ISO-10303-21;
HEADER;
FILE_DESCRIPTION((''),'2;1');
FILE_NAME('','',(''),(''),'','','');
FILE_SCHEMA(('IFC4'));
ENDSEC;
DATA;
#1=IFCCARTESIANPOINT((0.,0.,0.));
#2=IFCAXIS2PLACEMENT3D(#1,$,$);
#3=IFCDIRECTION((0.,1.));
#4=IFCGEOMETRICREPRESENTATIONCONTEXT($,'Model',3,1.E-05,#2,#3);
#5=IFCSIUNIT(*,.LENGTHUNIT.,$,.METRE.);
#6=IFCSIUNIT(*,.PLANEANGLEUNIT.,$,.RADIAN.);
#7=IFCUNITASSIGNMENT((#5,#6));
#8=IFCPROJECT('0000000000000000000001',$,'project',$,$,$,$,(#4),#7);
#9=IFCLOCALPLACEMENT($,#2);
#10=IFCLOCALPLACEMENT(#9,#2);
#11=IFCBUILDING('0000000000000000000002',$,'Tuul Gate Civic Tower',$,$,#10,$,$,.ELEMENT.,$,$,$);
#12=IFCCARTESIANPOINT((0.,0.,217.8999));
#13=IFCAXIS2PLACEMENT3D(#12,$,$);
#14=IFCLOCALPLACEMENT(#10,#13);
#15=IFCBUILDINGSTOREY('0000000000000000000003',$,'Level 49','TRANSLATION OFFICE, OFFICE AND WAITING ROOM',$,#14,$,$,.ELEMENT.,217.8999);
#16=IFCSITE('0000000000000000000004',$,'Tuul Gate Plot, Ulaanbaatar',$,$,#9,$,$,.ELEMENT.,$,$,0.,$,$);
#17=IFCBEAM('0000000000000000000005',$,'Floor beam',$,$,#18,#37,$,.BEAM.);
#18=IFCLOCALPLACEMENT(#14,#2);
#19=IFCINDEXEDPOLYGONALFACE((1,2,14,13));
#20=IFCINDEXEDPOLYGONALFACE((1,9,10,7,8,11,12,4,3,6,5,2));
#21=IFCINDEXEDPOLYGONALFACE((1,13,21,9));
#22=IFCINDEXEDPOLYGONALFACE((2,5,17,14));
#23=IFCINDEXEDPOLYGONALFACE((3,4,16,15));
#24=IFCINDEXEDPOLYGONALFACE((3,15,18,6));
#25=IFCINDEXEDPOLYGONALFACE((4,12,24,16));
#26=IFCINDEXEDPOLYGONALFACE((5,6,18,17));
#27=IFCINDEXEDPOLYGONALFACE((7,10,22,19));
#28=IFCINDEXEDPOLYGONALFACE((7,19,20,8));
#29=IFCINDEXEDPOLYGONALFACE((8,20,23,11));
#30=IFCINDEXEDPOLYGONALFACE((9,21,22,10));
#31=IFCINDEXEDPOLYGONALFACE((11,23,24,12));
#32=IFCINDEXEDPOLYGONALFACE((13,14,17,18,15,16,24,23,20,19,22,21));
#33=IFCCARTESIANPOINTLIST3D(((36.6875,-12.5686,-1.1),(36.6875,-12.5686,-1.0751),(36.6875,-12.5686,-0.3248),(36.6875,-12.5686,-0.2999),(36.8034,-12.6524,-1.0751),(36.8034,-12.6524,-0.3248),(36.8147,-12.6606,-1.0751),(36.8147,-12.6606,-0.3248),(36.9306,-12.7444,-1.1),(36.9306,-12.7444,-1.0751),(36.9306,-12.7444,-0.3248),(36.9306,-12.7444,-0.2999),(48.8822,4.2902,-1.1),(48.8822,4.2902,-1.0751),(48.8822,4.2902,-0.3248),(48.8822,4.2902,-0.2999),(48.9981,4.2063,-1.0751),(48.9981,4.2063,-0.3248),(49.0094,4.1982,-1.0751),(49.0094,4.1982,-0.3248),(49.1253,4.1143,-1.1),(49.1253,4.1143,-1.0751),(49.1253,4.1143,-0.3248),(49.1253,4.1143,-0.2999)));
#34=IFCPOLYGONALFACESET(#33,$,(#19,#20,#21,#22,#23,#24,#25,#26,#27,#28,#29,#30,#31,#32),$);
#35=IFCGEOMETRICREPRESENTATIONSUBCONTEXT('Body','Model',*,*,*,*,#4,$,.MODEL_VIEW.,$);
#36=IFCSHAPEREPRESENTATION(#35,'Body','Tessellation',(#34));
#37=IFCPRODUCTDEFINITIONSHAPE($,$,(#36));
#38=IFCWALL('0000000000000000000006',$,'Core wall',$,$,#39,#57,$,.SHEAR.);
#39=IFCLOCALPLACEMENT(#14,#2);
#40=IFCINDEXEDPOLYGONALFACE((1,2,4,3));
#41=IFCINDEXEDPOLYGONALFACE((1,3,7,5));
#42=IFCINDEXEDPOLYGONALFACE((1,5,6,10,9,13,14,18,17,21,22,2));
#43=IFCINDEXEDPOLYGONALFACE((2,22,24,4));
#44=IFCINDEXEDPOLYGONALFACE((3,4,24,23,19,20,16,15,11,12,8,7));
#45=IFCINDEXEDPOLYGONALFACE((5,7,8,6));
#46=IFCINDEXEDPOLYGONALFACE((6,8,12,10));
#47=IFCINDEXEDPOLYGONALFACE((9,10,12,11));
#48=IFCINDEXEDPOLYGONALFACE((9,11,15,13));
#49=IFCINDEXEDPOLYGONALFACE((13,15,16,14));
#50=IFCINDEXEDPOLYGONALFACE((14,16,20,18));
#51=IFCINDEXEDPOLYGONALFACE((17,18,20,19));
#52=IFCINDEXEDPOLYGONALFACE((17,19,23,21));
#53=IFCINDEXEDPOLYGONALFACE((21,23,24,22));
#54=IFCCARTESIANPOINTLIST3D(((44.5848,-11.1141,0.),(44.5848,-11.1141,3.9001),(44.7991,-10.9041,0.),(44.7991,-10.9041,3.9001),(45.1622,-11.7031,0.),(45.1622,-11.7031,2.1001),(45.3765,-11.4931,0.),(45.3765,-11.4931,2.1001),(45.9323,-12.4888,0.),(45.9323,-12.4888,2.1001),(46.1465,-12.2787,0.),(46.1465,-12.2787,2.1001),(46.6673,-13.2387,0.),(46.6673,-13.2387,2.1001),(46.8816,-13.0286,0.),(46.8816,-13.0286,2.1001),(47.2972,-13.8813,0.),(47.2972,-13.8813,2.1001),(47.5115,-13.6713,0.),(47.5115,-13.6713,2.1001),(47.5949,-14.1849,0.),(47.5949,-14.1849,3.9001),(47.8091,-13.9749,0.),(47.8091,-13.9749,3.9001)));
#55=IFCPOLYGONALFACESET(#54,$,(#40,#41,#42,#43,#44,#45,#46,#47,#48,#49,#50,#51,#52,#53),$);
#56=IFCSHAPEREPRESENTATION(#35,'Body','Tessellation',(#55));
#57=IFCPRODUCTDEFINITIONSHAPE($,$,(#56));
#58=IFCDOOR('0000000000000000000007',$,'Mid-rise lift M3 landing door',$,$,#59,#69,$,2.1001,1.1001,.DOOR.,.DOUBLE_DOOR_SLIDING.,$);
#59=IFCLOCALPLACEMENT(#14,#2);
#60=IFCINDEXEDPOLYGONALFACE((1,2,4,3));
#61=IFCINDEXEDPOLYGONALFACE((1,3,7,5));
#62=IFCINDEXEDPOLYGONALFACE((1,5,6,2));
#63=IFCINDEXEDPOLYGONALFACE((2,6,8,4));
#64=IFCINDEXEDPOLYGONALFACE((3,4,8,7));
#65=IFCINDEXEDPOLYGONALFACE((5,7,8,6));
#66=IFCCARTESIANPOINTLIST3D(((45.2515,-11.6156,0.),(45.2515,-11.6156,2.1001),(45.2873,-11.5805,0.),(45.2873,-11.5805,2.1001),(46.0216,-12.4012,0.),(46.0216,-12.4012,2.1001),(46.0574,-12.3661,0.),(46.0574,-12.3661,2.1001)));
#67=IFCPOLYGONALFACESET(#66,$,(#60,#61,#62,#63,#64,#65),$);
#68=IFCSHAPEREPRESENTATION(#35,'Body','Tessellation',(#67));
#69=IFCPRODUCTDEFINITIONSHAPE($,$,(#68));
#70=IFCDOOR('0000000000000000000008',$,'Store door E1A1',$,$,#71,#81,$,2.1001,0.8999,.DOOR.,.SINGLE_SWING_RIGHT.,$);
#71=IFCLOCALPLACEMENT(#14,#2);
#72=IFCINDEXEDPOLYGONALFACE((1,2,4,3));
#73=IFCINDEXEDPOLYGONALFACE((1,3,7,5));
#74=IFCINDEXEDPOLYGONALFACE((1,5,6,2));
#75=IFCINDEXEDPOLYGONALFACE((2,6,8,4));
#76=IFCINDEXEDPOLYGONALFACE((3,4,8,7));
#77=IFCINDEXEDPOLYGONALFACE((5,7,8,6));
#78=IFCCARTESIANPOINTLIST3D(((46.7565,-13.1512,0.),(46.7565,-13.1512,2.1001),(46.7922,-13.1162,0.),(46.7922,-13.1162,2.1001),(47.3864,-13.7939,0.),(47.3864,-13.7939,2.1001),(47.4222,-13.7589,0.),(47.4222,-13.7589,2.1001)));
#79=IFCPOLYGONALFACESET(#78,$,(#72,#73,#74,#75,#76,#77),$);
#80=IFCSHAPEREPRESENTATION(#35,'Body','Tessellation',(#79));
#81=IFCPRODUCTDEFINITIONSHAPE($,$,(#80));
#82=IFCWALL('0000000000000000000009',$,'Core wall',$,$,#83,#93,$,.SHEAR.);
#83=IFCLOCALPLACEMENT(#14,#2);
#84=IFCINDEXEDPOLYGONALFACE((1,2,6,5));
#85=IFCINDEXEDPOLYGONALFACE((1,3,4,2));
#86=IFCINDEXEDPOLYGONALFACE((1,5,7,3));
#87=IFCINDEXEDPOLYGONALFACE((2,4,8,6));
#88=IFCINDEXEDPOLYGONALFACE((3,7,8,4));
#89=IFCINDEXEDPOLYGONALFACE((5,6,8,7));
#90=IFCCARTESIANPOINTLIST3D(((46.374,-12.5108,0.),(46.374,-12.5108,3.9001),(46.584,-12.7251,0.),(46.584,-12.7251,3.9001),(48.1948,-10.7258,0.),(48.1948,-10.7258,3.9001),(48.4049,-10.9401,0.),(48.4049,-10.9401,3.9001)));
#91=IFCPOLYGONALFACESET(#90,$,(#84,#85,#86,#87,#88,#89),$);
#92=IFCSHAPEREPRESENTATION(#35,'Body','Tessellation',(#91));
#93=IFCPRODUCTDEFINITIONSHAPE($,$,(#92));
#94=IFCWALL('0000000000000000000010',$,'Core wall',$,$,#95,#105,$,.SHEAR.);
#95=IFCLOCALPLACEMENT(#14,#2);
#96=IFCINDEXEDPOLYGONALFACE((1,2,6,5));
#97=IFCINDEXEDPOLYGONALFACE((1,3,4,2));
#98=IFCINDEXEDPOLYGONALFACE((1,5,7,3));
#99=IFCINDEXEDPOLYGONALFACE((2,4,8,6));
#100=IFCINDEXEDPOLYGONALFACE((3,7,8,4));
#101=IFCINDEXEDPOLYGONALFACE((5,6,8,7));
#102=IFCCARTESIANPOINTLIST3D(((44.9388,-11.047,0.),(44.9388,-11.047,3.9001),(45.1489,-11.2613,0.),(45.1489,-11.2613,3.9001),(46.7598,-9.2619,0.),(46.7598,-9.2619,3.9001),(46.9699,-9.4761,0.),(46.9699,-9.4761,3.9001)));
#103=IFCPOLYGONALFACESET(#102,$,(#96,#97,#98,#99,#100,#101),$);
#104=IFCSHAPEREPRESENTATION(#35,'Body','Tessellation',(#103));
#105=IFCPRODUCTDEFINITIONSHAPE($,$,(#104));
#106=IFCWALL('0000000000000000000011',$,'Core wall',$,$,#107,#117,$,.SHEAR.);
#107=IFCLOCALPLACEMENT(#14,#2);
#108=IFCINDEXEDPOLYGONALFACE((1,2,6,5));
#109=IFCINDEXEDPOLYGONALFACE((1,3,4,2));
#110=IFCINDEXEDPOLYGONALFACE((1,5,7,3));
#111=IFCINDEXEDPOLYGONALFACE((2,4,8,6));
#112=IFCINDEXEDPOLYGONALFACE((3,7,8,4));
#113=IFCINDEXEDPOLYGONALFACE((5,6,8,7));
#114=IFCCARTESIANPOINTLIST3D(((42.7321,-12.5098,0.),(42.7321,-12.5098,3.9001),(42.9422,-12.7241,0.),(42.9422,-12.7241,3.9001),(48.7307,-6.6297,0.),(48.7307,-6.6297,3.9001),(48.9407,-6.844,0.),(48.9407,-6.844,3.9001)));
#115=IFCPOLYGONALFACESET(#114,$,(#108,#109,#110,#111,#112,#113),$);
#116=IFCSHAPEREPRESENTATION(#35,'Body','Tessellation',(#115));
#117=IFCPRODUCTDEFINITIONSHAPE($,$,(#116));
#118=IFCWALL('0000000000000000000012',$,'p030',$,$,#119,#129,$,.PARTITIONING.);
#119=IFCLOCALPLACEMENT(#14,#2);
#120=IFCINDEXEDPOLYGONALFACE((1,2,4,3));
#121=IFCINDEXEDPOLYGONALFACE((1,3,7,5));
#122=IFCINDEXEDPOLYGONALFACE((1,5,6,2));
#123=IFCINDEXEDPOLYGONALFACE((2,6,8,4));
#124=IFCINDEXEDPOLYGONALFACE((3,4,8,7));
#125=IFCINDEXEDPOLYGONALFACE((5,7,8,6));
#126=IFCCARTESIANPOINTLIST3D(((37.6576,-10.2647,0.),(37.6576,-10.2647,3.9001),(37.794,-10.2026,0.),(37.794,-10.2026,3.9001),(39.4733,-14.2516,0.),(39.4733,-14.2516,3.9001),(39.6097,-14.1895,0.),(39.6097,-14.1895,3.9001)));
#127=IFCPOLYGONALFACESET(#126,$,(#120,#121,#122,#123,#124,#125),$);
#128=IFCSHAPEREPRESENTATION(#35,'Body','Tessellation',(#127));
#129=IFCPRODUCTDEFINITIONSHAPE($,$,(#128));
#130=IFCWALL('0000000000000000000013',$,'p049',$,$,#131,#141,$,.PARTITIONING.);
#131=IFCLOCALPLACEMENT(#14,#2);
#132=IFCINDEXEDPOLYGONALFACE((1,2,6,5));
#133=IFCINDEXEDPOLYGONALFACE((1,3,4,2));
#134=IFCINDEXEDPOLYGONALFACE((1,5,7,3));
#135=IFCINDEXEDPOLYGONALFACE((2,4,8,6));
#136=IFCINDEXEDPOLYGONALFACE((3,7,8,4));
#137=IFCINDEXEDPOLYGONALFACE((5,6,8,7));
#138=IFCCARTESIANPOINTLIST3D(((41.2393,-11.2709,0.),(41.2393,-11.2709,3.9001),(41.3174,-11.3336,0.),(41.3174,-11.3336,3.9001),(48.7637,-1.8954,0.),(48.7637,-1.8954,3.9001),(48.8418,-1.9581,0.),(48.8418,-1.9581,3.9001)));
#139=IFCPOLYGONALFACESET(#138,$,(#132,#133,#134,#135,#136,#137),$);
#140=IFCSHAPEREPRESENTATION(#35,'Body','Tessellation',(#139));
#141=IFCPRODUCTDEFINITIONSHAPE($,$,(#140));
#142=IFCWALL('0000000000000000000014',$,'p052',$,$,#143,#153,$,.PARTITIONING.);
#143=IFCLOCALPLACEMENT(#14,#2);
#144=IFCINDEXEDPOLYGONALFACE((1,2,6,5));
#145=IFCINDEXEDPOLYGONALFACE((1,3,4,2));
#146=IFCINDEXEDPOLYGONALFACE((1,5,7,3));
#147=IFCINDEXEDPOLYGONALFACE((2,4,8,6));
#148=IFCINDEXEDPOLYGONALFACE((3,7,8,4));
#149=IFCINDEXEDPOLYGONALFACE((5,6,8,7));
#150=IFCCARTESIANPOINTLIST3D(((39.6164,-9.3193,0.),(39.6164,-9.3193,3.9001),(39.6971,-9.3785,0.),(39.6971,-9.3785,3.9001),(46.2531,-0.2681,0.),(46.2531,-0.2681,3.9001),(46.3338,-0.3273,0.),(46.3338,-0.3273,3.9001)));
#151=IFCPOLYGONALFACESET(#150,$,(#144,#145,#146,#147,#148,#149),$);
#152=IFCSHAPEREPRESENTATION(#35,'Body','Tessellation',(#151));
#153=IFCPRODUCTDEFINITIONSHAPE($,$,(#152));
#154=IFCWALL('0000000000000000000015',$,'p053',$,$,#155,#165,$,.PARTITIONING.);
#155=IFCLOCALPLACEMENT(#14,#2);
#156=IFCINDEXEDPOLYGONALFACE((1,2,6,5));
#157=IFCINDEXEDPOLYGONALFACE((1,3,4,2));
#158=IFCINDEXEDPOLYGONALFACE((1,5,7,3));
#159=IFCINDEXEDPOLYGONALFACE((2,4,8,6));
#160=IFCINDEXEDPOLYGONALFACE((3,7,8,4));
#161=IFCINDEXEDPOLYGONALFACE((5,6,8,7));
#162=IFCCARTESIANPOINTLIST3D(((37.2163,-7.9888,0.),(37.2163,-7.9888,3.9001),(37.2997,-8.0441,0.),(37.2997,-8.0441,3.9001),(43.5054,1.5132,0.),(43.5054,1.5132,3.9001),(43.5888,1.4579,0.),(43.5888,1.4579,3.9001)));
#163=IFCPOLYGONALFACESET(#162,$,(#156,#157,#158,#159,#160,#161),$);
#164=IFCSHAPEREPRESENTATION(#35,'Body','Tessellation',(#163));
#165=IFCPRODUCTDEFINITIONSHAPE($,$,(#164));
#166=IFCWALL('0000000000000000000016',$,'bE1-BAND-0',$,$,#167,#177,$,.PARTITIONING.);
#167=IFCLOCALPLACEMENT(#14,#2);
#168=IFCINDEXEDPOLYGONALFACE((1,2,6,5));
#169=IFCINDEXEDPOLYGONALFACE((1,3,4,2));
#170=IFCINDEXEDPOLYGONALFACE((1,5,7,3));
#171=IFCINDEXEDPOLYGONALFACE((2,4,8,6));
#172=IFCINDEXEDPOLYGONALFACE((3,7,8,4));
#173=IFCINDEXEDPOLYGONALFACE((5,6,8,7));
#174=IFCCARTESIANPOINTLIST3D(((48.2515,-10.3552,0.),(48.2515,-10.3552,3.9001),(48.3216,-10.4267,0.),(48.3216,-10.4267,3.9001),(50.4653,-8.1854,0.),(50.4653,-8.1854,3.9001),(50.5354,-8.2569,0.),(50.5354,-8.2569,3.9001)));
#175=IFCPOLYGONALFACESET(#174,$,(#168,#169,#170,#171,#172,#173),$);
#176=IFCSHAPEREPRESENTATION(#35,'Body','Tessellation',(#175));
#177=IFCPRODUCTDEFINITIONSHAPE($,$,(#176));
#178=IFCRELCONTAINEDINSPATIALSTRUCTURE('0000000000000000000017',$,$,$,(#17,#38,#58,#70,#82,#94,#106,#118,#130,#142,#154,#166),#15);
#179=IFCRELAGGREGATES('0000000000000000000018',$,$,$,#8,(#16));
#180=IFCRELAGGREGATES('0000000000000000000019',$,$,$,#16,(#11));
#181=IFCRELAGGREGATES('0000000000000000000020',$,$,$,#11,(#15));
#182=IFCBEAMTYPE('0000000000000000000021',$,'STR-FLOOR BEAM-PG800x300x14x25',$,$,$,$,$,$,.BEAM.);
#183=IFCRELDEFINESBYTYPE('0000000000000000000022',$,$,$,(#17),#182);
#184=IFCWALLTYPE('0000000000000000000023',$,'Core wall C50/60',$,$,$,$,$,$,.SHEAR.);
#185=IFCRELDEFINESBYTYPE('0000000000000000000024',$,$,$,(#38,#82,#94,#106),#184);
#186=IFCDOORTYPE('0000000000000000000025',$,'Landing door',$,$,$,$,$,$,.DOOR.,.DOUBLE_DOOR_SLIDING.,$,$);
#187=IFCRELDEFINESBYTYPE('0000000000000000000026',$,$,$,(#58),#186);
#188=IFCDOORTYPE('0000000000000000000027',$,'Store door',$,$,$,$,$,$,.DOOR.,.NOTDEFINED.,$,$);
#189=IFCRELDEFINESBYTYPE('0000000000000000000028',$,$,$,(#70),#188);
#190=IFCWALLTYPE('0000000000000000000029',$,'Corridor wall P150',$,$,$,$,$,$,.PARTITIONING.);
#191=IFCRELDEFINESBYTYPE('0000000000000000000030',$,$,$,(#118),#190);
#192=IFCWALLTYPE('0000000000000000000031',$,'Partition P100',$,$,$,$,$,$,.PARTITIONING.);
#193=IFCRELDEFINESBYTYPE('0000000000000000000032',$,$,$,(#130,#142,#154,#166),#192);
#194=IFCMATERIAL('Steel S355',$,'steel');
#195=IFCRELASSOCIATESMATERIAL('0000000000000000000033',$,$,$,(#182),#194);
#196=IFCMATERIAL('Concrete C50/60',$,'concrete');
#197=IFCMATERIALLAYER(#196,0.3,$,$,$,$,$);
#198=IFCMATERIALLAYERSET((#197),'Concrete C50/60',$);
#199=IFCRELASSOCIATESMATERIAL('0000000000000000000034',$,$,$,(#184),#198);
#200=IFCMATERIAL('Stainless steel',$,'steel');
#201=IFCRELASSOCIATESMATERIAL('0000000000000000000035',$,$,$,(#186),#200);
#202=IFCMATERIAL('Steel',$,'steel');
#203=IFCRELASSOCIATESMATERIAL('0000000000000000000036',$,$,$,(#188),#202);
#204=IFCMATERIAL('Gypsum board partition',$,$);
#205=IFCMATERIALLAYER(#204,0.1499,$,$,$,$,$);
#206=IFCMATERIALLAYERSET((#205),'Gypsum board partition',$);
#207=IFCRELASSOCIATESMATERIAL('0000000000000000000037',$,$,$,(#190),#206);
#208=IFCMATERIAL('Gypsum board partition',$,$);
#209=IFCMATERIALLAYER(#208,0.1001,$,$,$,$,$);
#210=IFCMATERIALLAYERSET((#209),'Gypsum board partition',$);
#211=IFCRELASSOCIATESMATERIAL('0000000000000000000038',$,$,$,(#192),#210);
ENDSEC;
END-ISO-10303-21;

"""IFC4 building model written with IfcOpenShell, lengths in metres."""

from ifc_helpers import new_model, si_unit, direction, frame, frame_2d, origin, origin_2d, place, context, subcontext, project, spatial, rectangle, i_section, extrude, material, layer, layer_set, material_profile, profile_set, type_object, element, fill, save


model = new_model("IFC4")

# Units and contexts
model_context = context("Model", 3, precision=1e-05, world=origin(), true_north=direction((0.0, 1.0)))
body_context = subcontext(model_context, "Body", "Model", "MODEL_VIEW")
ifc_project = project(units=[si_unit("LENGTHUNIT", "METRE"), si_unit("PLANEANGLEUNIT", "RADIAN")], contexts=[model_context])

# Site, building, storey
site_placement = place(None, origin())
site = spatial("IfcSite", under=ifc_project, at=site_placement, Name="Tuul Gate Plot, Ulaanbaatar", CompositionType="ELEMENT", RefElevation=0.0)
building_placement = place(site_placement, origin())
building = spatial("IfcBuilding", under=site, at=building_placement, Name="Tuul Gate Civic Tower", CompositionType="ELEMENT")
storey_placement = place(building_placement, frame((0.0, 0.0, 217.8999)))
storey = spatial("IfcBuildingStorey", under=building, at=storey_placement, Name="Level 49", Description="TRANSLATION OFFICE, OFFICE AND WAITING ROOM", CompositionType="ELEMENT", Elevation=217.8999)

# Beam
ifc_material_1 = material(Name="Steel S355", Category="steel")
ifc_material_profile = material_profile(ifc_material_1, i_section(OverallWidth=0.3, OverallDepth=0.8, WebThickness=0.0139, FlangeThickness=0.0249, at=origin_2d()), Name="PG800x300x14x25")
ifc_profile_set = profile_set([ifc_material_profile], Name="Steel S355")
beam_type = type_object("IfcBeamType", Name="STR-FLOOR BEAM-PG800x300x14x25", PredefinedType="BEAM", material=ifc_profile_set)
beam_placement = place(storey_placement, frame((36.8091, -12.6565, -0.7), z_axis=(0.586087, 0.810248, 0.0), x_axis=(-0.810248, 0.586087, 0.0)))
element("IfcBeam", 1, at=beam_placement, inside=storey, type_object=beam_type, Name="Floor beam", PredefinedType="BEAM", context=body_context, shape_type="SweptSolid", body=[
    extrude(i_section(OverallWidth=0.3, OverallDepth=0.8, WebThickness=0.0139, FlangeThickness=0.0249, at=origin_2d()), origin(), (0.0, 0.0, 1.0), 20.8069),
])

# Wall, openings, doors
ifc_material_2 = material(Name="Concrete C50/60", Category="concrete")
ifc_layer_1 = layer(ifc_material_2, 0.3)
ifc_layer_set_1 = layer_set([ifc_layer_1], Name="Concrete C50/60")
wall_type_1 = type_object("IfcWallType", Name="Core wall C50/60", PredefinedType="SHEAR", material=ifc_layer_set_1)
wall_1_placement = place(storey_placement, frame((47.7019, -14.0798, 0.0), z_axis=(0.0, 0.0, 1.0), x_axis=(-0.700003, 0.71414, 0.0)))
wall_1 = element("IfcWall", 2, at=wall_1_placement, inside=storey, type_object=wall_type_1, Name="Core wall", PredefinedType="SHEAR", context=body_context, shape_type="SweptSolid", body=[
    extrude(rectangle(XDim=4.3, YDim=0.3, at=frame_2d((2.1499, 0.0))), origin(), (0.0, 0.0, 1.0), 3.9001),
])
opening_1_placement = place(wall_1_placement, frame((0.425, 0.0, 0.0)))
opening_1 = element("IfcOpeningElement", 3, at=opening_1_placement, cuts=wall_1, PredefinedType="OPENING", context=body_context, shape_type="SweptSolid", body=[
    extrude(rectangle(XDim=0.8999, YDim=2.1001, at=frame_2d((0.45, 1.05))), frame((0.0, 0.1602, 0.0), z_axis=(0.0, -1.0, 0.0), x_axis=(1.0, 0.0, 0.0)), (0.0, 0.0, 1.0), 0.3201),
])
opening_2_placement = place(wall_1_placement, frame((2.375, 0.0, 0.0)))
opening_2 = element("IfcOpeningElement", 4, at=opening_2_placement, cuts=wall_1, PredefinedType="OPENING", context=body_context, shape_type="SweptSolid", body=[
    extrude(rectangle(XDim=1.1001, YDim=2.1001, at=frame_2d((0.55, 1.05))), frame((0.0, 0.1602, 0.0), z_axis=(0.0, -1.0, 0.0), x_axis=(1.0, 0.0, 0.0)), (0.0, 0.0, 1.0), 0.3201),
])
ifc_material_3 = material(Name="Stainless steel", Category="steel")
door_type_1 = type_object("IfcDoorType", Name="Landing door", OperationType="DOUBLE_DOOR_SLIDING", PredefinedType="DOOR", material=ifc_material_3)
door_1_placement = place(opening_2_placement, origin())
door_1 = element("IfcDoor", 5, at=door_1_placement, inside=storey, type_object=door_type_1, Name="Mid-rise lift M3 landing door", OperationType="DOUBLE_DOOR_SLIDING", OverallHeight=2.1001, OverallWidth=1.1001, PredefinedType="DOOR", context=body_context, shape_type="SweptSolid", body=[
    extrude(rectangle(XDim=1.1001, YDim=2.1001, at=frame_2d((0.55, 1.05))), frame((0.0, 0.0249, 0.0), z_axis=(0.0, -1.0, 0.0), x_axis=(1.0, 0.0, 0.0)), (0.0, 0.0, 1.0), 0.05),
])
fill(opening_2, door_1)
ifc_material_4 = material(Name="Steel", Category="steel")
door_type_2 = type_object("IfcDoorType", Name="Store door", OperationType="NOTDEFINED", PredefinedType="DOOR", material=ifc_material_4)
door_2_placement = place(opening_1_placement, frame((0.8999, 0.0, 0.0), z_axis=(0.0, 0.0, 1.0), x_axis=(-1.0, 0.0, 0.0)))
door_2 = element("IfcDoor", 6, at=door_2_placement, inside=storey, type_object=door_type_2, Name="Store door E1A1", OperationType="SINGLE_SWING_RIGHT", OverallHeight=2.1001, OverallWidth=0.8999, PredefinedType="DOOR", context=body_context, shape_type="SweptSolid", body=[
    extrude(rectangle(XDim=0.8999, YDim=2.1001, at=frame_2d((0.45, 1.05))), frame((0.0, 0.0249, 0.0), z_axis=(0.0, -1.0, 0.0), x_axis=(1.0, 0.0, 0.0)), (0.0, 0.0, 1.0), 0.05),
])
fill(opening_1, door_2)

# Walls
wall_2_placement = place(storey_placement, frame((46.479, -12.6179, 0.0), z_axis=(0.0, 0.0, 1.0), x_axis=(0.714109, 0.700034, 0.0)))
element("IfcWall", 7, at=wall_2_placement, inside=storey, type_object=wall_type_1, Name="Core wall", PredefinedType="SHEAR", context=body_context, shape_type="SweptSolid", body=[
    extrude(rectangle(XDim=2.5498, YDim=0.3, at=frame_2d((1.2749, 0.0))), origin(), (0.0, 0.0, 1.0), 3.9001),
])
wall_3_placement = place(storey_placement, frame((45.0439, -11.1541, 0.0), z_axis=(0.0, 0.0, 1.0), x_axis=(0.714108, 0.700035, 0.0)))
element("IfcWall", 8, at=wall_3_placement, inside=storey, type_object=wall_type_1, Name="Core wall", PredefinedType="SHEAR", context=body_context, shape_type="SweptSolid", body=[
    extrude(rectangle(XDim=2.55, YDim=0.3, at=frame_2d((1.2749, 0.0))), origin(), (0.0, 0.0, 1.0), 3.9001),
])
wall_4_placement = place(storey_placement, frame((42.8372, -12.6169, 0.0), z_axis=(0.0, 0.0, 1.0), x_axis=(0.71412, 0.700023, 0.0)))
element("IfcWall", 9, at=wall_4_placement, inside=storey, type_object=wall_type_1, Name="Core wall", PredefinedType="SHEAR", context=body_context, shape_type="SweptSolid", body=[
    extrude(rectangle(XDim=8.3999, YDim=0.3, at=frame_2d((4.2, 0.0))), origin(), (0.0, 0.0, 1.0), 3.9001),
])
ifc_material_5 = material(Name="Gypsum board partition")
ifc_layer_2 = layer(ifc_material_5, 0.1499)
ifc_layer_set_2 = layer_set([ifc_layer_2], Name="Gypsum board partition")
wall_type_2 = type_object("IfcWallType", Name="Corridor wall P150", PredefinedType="PARTITIONING", material=ifc_layer_set_2)
wall_5_placement = place(storey_placement, frame((37.7258, -10.2336, 0.0), z_axis=(0.0, 0.0, 1.0), x_axis=(0.414462, -0.910067, 0.0)))
element("IfcWall", 10, at=wall_5_placement, inside=storey, type_object=wall_type_2, Name="p030", PredefinedType="PARTITIONING", context=body_context, shape_type="SweptSolid", body=[
    extrude(rectangle(XDim=4.3809, YDim=0.1499, at=frame_2d((2.1904, 0.0))), origin(), (0.0, 0.0, 1.0), 3.9001),
])
ifc_material_6 = material(Name="Gypsum board partition")
ifc_layer_3 = layer(ifc_material_6, 0.1001)
ifc_layer_set_3 = layer_set([ifc_layer_3], Name="Gypsum board partition")
wall_type_3 = type_object("IfcWallType", Name="Partition P100", PredefinedType="PARTITIONING", material=ifc_layer_set_3)
wall_6_placement = place(storey_placement, frame((41.2783, -11.3022, 0.0), z_axis=(0.0, 0.0, 1.0), x_axis=(0.625913, 0.779893, 0.0)))
element("IfcWall", 11, at=wall_6_placement, inside=storey, type_object=wall_type_3, Name="p049", PredefinedType="PARTITIONING", context=body_context, shape_type="SweptSolid", body=[
    extrude(rectangle(XDim=12.0215, YDim=0.1001, at=frame_2d((6.0107, 0.0))), origin(), (0.0, 0.0, 1.0), 3.9001),
])
wall_7_placement = place(storey_placement, frame((39.6567, -9.3489, 0.0), z_axis=(0.0, 0.0, 1.0), x_axis=(0.591313, 0.806442, 0.0)))
element("IfcWall", 12, at=wall_7_placement, inside=storey, type_object=wall_type_3, Name="p052", PredefinedType="PARTITIONING", context=body_context, shape_type="SweptSolid", body=[
    extrude(rectangle(XDim=11.2236, YDim=0.1001, at=frame_2d((5.6118, 0.0))), origin(), (0.0, 0.0, 1.0), 3.9001),
])
wall_8_placement = place(storey_placement, frame((37.2581, -8.0164, 0.0), z_axis=(0.0, 0.0, 1.0), x_axis=(0.551928, 0.833892, 0.0)))
element("IfcWall", 13, at=wall_8_placement, inside=storey, type_object=wall_type_3, Name="p053", PredefinedType="PARTITIONING", context=body_context, shape_type="SweptSolid", body=[
    extrude(rectangle(XDim=11.3948, YDim=0.1001, at=frame_2d((5.6973, 0.0))), origin(), (0.0, 0.0, 1.0), 3.9001),
])
wall_9_placement = place(storey_placement, frame((48.2866, -10.3909, 0.0), z_axis=(0.0, 0.0, 1.0), x_axis=(0.714159, 0.699983, 0.0)))
element("IfcWall", 14, at=wall_9_placement, inside=storey, type_object=wall_type_3, Name="bE1-BAND-0", PredefinedType="PARTITIONING", context=body_context, shape_type="SweptSolid", body=[
    extrude(rectangle(XDim=3.0999, YDim=0.1001, at=frame_2d((1.5498, 0.0))), origin(), (0.0, 0.0, 1.0), 3.9001),
])

save(model, "model.ifc")
